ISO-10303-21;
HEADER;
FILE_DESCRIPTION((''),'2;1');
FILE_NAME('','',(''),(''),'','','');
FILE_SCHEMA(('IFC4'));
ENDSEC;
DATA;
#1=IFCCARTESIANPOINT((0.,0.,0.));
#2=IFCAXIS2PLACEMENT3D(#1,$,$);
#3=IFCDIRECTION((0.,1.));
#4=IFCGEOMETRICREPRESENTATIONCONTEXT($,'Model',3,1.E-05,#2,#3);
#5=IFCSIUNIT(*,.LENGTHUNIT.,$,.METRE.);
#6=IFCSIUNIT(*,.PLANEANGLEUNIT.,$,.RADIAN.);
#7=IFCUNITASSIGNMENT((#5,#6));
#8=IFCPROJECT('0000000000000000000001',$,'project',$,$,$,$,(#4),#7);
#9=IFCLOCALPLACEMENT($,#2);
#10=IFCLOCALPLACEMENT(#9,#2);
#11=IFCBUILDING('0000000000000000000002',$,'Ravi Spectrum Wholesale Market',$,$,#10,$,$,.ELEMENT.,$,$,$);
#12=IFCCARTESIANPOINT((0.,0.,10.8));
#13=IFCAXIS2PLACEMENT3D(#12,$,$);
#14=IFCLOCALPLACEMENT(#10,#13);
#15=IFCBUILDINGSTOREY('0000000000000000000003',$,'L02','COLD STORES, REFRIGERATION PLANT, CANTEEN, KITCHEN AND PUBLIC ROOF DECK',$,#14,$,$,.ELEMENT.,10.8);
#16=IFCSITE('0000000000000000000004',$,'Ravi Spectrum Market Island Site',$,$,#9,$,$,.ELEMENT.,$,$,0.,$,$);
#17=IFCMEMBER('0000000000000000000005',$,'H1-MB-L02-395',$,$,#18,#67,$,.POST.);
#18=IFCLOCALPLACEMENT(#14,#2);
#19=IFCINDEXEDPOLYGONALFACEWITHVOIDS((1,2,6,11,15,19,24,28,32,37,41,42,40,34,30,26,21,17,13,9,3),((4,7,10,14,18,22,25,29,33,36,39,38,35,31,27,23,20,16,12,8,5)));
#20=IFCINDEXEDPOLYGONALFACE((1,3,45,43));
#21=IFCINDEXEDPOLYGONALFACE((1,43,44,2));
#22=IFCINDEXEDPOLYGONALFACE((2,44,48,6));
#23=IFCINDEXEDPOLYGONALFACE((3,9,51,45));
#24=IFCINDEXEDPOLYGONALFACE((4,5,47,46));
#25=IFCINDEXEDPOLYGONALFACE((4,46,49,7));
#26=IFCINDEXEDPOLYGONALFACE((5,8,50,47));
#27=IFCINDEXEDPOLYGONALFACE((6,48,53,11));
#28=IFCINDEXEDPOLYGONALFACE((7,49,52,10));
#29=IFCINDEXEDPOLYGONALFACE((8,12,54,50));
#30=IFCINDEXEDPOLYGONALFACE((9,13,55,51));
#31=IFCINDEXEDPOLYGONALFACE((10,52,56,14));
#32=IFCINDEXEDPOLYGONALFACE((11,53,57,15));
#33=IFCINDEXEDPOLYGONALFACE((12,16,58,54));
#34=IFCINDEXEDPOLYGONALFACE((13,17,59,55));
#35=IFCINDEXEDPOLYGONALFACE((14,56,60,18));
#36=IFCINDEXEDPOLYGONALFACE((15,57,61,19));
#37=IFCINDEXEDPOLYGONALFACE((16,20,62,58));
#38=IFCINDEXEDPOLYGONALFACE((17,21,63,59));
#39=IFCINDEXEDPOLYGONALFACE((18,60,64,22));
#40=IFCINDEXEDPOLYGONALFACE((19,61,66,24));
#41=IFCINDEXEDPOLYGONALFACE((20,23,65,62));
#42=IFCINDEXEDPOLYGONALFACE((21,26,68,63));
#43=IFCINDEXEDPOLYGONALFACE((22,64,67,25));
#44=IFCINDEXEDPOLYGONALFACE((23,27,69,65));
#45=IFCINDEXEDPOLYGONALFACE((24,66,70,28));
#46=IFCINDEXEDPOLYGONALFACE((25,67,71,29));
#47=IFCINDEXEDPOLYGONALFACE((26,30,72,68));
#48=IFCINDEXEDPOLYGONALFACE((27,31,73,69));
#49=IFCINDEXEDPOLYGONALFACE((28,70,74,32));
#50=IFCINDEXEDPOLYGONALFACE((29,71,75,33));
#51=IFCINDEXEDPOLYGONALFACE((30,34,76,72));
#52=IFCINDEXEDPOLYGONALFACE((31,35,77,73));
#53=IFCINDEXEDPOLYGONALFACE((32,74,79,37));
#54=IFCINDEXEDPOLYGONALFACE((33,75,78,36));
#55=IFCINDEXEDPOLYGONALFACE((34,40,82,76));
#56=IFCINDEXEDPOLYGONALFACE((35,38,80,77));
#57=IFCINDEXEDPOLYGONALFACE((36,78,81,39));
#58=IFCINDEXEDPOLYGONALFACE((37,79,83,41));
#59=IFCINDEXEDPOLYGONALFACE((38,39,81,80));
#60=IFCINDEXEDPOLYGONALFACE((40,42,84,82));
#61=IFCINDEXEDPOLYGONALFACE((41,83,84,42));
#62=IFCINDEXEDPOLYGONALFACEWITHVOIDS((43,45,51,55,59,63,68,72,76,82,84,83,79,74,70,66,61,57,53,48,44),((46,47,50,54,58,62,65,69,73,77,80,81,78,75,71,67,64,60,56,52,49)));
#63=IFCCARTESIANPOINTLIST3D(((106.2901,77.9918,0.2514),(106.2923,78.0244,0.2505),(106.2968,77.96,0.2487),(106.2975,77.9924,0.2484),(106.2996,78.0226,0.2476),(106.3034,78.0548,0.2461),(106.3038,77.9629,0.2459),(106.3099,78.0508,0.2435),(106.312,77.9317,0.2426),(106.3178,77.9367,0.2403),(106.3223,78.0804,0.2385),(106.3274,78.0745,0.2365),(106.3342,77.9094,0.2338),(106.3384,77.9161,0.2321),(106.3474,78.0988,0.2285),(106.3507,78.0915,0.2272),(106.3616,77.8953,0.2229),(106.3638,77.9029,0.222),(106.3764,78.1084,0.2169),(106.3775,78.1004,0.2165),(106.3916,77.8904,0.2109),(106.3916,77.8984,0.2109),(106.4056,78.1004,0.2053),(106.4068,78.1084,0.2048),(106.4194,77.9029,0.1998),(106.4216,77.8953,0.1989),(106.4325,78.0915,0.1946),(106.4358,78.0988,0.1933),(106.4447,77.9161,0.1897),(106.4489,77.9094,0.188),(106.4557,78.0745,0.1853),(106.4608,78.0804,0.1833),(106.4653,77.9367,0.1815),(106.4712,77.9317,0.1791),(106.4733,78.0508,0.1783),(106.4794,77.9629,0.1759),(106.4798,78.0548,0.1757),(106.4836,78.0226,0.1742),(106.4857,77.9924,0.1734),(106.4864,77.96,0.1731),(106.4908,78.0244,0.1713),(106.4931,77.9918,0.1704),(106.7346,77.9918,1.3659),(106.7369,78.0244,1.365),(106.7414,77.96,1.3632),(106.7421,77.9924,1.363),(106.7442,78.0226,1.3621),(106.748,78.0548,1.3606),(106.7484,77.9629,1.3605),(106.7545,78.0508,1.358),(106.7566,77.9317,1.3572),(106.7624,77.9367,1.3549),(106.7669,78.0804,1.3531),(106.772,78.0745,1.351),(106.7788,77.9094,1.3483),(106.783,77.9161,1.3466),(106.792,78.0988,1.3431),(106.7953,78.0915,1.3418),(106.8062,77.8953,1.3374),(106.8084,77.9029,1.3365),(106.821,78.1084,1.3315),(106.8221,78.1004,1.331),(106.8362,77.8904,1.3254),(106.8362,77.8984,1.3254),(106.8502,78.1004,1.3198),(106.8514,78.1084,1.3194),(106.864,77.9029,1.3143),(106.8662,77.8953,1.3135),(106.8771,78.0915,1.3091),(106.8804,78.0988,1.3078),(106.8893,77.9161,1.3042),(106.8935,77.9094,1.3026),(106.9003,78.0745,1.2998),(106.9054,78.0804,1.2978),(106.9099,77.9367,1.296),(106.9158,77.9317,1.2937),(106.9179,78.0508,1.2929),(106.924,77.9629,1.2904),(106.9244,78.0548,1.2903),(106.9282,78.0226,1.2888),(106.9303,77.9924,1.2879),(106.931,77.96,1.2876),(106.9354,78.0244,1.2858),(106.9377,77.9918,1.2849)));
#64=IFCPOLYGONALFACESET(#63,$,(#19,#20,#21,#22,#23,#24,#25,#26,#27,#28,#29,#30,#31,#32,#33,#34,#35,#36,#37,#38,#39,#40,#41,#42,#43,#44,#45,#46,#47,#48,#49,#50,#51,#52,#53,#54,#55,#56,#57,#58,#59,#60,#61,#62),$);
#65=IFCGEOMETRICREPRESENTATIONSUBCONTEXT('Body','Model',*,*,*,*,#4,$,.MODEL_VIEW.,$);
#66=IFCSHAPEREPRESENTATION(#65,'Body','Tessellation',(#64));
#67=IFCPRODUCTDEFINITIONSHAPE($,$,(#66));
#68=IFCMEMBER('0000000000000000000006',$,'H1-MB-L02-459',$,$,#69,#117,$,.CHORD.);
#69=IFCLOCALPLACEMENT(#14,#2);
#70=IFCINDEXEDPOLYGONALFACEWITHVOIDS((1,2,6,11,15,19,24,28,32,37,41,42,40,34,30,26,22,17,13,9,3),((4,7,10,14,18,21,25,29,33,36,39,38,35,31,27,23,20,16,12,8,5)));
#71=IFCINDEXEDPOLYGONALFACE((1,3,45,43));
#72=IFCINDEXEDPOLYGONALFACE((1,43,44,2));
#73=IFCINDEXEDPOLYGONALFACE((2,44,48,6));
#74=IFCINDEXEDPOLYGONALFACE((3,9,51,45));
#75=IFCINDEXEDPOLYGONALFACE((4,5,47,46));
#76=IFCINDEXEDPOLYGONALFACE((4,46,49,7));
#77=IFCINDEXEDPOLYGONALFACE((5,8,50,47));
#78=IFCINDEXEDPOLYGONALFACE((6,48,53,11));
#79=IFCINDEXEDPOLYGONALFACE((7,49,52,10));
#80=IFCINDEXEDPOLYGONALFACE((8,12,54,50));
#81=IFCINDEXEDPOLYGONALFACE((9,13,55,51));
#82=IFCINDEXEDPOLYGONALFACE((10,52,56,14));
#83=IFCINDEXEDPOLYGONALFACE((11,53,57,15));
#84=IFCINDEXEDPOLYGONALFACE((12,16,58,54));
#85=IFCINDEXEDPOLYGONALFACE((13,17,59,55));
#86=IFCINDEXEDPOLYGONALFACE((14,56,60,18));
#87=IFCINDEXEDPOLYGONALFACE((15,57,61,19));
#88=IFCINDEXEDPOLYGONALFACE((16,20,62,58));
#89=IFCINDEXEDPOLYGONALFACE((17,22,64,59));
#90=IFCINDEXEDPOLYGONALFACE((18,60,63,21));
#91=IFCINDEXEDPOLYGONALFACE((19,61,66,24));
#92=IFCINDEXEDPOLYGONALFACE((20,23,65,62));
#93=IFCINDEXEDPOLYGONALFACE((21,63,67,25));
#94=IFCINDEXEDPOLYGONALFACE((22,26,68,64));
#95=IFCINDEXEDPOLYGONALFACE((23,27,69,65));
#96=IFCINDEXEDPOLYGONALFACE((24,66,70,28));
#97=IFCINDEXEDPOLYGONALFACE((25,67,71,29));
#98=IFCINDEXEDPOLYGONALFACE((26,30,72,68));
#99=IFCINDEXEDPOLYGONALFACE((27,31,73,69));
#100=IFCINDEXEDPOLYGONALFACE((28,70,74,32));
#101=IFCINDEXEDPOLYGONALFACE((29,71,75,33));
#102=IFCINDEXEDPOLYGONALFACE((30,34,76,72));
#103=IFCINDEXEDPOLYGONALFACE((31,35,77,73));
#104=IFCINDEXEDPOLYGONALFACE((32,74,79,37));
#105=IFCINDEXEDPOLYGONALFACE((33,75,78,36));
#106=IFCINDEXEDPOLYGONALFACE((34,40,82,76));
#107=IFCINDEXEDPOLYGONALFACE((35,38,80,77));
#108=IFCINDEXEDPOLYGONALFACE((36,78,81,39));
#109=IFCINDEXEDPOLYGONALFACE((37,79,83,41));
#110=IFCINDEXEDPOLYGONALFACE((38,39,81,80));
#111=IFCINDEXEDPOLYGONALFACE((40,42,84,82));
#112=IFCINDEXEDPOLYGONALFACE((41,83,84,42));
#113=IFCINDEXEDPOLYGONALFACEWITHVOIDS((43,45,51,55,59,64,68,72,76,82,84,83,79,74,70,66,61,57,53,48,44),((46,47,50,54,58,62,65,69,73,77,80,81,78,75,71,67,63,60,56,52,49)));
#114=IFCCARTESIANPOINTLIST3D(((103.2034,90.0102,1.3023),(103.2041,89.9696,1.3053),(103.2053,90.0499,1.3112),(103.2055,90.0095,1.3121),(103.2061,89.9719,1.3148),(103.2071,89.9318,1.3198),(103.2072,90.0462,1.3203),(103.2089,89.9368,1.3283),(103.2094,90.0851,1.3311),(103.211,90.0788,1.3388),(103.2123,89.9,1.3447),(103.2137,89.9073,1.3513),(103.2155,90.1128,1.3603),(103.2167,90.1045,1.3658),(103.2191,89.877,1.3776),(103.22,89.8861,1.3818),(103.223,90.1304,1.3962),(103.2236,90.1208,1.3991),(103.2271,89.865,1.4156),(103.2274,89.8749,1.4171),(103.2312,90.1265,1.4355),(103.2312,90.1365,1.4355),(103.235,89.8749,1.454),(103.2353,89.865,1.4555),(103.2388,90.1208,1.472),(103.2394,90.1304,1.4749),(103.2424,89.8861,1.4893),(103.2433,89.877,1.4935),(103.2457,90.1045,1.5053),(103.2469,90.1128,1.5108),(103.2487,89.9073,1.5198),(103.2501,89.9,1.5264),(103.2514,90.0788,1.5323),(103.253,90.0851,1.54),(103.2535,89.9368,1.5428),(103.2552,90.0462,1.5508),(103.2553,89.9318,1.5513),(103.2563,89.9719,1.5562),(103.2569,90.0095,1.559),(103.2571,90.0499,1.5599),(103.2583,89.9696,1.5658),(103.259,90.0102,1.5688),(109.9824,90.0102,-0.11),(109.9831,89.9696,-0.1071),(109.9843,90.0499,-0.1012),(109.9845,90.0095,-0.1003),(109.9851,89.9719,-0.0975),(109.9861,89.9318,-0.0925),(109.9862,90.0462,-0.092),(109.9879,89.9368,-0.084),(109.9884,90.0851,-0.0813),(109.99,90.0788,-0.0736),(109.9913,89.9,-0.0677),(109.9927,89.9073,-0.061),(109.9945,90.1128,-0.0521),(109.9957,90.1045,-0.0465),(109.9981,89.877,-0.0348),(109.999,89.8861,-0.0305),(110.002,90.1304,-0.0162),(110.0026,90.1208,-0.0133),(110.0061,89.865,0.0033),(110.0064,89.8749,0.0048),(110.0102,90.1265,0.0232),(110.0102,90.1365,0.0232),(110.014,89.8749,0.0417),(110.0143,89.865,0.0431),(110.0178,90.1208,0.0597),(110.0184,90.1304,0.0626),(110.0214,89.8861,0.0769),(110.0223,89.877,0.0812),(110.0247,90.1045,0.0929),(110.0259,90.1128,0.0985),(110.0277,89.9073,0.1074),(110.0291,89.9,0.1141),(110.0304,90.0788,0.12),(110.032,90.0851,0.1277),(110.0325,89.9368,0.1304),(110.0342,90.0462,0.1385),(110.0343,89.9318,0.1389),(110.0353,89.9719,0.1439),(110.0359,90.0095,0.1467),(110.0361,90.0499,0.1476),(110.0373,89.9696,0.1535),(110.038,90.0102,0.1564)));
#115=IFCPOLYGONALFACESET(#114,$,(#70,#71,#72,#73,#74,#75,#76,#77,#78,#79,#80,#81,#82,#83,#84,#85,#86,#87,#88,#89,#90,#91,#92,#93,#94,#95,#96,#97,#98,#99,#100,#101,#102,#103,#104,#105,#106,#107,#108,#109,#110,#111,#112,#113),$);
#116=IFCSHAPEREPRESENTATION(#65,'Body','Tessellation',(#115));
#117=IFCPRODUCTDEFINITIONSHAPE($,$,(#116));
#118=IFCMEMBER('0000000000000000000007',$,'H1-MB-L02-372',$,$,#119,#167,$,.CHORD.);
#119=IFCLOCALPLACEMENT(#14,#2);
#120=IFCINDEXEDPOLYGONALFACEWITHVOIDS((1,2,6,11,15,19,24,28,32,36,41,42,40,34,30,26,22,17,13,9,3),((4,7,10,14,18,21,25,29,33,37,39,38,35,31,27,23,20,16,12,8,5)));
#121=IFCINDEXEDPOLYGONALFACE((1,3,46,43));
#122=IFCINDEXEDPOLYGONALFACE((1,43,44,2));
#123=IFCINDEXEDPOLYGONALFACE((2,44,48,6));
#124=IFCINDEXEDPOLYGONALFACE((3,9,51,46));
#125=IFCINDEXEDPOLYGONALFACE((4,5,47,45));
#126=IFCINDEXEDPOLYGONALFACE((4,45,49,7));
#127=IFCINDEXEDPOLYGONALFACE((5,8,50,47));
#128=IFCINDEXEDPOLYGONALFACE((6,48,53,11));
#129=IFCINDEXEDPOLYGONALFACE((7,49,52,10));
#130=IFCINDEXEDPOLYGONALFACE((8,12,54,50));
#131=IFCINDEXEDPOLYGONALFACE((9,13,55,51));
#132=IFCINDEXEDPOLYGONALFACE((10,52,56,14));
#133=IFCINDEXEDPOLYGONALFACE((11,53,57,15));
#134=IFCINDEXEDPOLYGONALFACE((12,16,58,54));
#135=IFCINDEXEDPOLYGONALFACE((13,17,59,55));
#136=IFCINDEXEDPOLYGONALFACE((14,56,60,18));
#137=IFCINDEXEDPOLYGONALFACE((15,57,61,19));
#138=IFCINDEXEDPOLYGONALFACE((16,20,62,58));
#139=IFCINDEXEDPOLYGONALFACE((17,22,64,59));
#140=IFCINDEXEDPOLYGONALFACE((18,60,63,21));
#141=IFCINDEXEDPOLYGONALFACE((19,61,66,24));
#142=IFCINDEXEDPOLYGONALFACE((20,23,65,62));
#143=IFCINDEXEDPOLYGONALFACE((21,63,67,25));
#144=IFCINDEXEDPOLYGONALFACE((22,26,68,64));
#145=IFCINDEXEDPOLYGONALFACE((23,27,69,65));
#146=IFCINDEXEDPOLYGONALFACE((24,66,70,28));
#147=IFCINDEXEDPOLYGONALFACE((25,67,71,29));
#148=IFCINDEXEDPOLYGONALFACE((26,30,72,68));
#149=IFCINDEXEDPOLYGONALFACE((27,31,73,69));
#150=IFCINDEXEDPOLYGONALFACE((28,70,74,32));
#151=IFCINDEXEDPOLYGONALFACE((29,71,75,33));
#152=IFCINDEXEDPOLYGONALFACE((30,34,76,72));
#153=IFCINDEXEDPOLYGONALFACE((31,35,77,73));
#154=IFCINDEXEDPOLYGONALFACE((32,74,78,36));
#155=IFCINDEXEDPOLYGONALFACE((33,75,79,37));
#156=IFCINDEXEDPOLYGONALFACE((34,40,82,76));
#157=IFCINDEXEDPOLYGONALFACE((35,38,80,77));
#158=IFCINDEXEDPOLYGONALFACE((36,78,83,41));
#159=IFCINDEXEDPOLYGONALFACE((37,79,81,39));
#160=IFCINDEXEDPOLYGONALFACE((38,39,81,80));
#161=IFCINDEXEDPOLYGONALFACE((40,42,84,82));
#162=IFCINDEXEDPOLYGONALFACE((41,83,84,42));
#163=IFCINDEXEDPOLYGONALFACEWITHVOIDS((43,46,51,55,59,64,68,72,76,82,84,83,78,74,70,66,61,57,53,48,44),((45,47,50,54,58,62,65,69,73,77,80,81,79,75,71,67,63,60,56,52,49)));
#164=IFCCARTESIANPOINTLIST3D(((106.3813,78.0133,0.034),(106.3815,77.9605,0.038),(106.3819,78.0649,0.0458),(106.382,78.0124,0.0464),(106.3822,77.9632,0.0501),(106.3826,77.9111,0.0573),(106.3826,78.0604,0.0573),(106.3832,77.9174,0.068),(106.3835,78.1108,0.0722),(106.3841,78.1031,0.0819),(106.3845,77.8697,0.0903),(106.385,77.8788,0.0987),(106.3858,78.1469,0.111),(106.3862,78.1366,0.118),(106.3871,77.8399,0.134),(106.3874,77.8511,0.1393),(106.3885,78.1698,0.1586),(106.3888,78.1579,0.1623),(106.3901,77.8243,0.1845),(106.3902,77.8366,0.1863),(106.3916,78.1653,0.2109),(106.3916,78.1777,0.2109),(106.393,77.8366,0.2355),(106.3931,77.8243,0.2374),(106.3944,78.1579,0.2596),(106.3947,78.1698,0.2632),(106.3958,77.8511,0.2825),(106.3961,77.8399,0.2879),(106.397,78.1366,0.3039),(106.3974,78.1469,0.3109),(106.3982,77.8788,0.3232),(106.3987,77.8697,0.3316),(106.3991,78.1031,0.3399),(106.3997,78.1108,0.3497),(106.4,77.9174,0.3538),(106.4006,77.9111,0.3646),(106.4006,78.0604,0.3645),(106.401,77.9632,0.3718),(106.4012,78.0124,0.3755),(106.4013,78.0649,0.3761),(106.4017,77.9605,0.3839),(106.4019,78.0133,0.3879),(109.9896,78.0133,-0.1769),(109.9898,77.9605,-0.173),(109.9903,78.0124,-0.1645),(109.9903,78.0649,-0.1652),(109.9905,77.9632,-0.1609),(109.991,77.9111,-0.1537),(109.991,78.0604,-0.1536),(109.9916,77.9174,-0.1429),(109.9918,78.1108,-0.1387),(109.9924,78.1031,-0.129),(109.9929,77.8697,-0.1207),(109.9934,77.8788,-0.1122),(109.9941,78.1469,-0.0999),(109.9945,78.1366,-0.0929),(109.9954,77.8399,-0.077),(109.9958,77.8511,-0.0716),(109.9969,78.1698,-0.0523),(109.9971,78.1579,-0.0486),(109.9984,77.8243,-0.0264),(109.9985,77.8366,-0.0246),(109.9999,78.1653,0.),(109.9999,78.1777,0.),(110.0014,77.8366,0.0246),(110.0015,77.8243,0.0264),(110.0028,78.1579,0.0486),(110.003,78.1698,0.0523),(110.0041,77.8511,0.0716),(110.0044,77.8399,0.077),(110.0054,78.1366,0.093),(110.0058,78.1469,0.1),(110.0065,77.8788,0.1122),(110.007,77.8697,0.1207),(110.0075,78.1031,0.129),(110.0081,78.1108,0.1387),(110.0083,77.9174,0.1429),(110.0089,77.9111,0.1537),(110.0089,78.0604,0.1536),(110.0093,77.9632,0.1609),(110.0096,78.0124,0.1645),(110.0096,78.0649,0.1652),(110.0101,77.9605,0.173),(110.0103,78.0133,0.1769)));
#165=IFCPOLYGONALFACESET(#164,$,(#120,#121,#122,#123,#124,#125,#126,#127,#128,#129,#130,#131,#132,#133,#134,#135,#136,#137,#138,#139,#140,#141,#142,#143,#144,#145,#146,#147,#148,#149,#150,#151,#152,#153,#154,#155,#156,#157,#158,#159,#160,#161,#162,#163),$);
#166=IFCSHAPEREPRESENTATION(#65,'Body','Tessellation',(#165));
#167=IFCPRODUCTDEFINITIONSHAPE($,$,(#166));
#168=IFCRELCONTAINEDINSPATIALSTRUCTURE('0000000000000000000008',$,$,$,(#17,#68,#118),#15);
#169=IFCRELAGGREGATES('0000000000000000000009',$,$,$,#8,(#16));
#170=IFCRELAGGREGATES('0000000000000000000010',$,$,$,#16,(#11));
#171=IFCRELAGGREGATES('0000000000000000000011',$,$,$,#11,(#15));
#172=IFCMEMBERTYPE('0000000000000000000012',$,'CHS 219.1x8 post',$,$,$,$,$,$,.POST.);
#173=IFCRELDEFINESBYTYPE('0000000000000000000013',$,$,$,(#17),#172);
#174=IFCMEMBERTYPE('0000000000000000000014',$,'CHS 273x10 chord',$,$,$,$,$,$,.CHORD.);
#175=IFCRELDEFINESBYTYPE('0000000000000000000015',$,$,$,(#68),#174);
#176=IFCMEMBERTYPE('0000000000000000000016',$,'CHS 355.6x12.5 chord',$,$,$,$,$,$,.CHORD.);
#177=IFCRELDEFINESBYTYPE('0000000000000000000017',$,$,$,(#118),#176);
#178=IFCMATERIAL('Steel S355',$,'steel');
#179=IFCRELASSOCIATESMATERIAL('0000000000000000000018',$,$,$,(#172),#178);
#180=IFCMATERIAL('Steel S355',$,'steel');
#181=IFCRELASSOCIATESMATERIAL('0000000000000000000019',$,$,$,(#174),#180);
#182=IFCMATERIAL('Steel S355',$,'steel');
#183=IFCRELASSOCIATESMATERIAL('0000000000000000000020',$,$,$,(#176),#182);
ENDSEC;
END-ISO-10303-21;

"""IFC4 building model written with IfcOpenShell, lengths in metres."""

from ifc_helpers import new_model, si_unit, direction, frame, origin, origin_2d, place, context, subcontext, project, spatial, hollow_circle, extrude, material, material_profile, profile_set, type_object, element, save


model = new_model("IFC4")

# Units and contexts
model_context = context("Model", 3, precision=1e-05, world=origin(), true_north=direction((0.0, 1.0)))
body_context = subcontext(model_context, "Body", "Model", "MODEL_VIEW")
ifc_project = project(units=[si_unit("LENGTHUNIT", "METRE"), si_unit("PLANEANGLEUNIT", "RADIAN")], contexts=[model_context])

# Site, building, storey
site_placement = place(None, origin())
site = spatial("IfcSite", under=ifc_project, at=site_placement, Name="Ravi Spectrum Market Island Site", CompositionType="ELEMENT", RefElevation=0.0)
building_placement = place(site_placement, origin())
building = spatial("IfcBuilding", under=site, at=building_placement, Name="Ravi Spectrum Wholesale Market", CompositionType="ELEMENT")
storey_placement = place(building_placement, frame((0.0, 0.0, 10.8)))
storey = spatial("IfcBuildingStorey", under=building, at=storey_placement, Name="L02", Description="COLD STORES, REFRIGERATION PLANT, CANTEEN, KITCHEN AND PUBLIC ROOF DECK", CompositionType="ELEMENT", Elevation=10.8)

# Members
ifc_material_1 = material(Name="Steel S355", Category="steel")
ifc_material_profile_1 = material_profile(ifc_material_1, hollow_circle(Radius=0.1096, WallThickness=0.0081, at=origin_2d()))
ifc_profile_set_1 = profile_set([ifc_material_profile_1], Name="Steel S355")
member_type_1 = type_object("IfcMemberType", Name="CHS 219.1x8 post", PredefinedType="POST", material=ifc_profile_set_1)
member_1_placement = place(storey_placement, frame((106.8362, 78.0, 1.3254), z_axis=(-0.370513, 0.0, -0.928827), x_axis=(0.0, -1.0, 0.0)))
element("IfcMember", 1, at=member_1_placement, inside=storey, type_object=member_type_1, Name="H1-MB-L02-395", PredefinedType="POST", context=body_context, shape_type="SweptSolid", body=[
    extrude(hollow_circle(Radius=0.1096, WallThickness=0.0081, at=origin_2d()), origin(), (0.0, 0.0, 1.0), 1.2),
])
ifc_material_2 = material(Name="Steel S355", Category="steel")
ifc_material_profile_2 = material_profile(ifc_material_2, hollow_circle(Radius=0.1365, WallThickness=0.01, at=origin_2d()))
ifc_profile_set_2 = profile_set([ifc_material_profile_2], Name="Steel S355")
member_type_2 = type_object("IfcMemberType", Name="CHS 273x10 chord", PredefinedType="CHORD", material=ifc_profile_set_2)
member_2_placement = place(storey_placement, frame((103.2312, 90.0, 1.4355), z_axis=(0.978979, 0.0, -0.203961), x_axis=(0.0, 1.0, 0.0)))
element("IfcMember", 2, at=member_2_placement, inside=storey, type_object=member_type_2, Name="H1-MB-L02-459", PredefinedType="CHORD", context=body_context, shape_type="SweptSolid", body=[
    extrude(hollow_circle(Radius=0.1365, WallThickness=0.01, at=origin_2d()), origin(), (0.0, 0.0, 1.0), 6.9246),
])
ifc_material_3 = material(Name="Steel S355", Category="steel")
ifc_material_profile_3 = material_profile(ifc_material_3, hollow_circle(Radius=0.1777, WallThickness=0.0125, at=origin_2d()))
ifc_profile_set_3 = profile_set([ifc_material_profile_3], Name="Steel S355")
member_type_3 = type_object("IfcMemberType", Name="CHS 355.6x12.5 chord", PredefinedType="CHORD", material=ifc_profile_set_3)
member_3_placement = place(storey_placement, frame((106.3916, 78.0, 0.2109), z_axis=(0.998296, 0.0, -0.058358), x_axis=(0.0, 1.0, 0.0)))
element("IfcMember", 3, at=member_3_placement, inside=storey, type_object=member_type_3, Name="H1-MB-L02-372", PredefinedType="CHORD", context=body_context, shape_type="SweptSolid", body=[
    extrude(hollow_circle(Radius=0.1777, WallThickness=0.0125, at=origin_2d()), origin(), (0.0, 0.0, 1.0), 3.6145),
])

save(model, "model.ifc")
